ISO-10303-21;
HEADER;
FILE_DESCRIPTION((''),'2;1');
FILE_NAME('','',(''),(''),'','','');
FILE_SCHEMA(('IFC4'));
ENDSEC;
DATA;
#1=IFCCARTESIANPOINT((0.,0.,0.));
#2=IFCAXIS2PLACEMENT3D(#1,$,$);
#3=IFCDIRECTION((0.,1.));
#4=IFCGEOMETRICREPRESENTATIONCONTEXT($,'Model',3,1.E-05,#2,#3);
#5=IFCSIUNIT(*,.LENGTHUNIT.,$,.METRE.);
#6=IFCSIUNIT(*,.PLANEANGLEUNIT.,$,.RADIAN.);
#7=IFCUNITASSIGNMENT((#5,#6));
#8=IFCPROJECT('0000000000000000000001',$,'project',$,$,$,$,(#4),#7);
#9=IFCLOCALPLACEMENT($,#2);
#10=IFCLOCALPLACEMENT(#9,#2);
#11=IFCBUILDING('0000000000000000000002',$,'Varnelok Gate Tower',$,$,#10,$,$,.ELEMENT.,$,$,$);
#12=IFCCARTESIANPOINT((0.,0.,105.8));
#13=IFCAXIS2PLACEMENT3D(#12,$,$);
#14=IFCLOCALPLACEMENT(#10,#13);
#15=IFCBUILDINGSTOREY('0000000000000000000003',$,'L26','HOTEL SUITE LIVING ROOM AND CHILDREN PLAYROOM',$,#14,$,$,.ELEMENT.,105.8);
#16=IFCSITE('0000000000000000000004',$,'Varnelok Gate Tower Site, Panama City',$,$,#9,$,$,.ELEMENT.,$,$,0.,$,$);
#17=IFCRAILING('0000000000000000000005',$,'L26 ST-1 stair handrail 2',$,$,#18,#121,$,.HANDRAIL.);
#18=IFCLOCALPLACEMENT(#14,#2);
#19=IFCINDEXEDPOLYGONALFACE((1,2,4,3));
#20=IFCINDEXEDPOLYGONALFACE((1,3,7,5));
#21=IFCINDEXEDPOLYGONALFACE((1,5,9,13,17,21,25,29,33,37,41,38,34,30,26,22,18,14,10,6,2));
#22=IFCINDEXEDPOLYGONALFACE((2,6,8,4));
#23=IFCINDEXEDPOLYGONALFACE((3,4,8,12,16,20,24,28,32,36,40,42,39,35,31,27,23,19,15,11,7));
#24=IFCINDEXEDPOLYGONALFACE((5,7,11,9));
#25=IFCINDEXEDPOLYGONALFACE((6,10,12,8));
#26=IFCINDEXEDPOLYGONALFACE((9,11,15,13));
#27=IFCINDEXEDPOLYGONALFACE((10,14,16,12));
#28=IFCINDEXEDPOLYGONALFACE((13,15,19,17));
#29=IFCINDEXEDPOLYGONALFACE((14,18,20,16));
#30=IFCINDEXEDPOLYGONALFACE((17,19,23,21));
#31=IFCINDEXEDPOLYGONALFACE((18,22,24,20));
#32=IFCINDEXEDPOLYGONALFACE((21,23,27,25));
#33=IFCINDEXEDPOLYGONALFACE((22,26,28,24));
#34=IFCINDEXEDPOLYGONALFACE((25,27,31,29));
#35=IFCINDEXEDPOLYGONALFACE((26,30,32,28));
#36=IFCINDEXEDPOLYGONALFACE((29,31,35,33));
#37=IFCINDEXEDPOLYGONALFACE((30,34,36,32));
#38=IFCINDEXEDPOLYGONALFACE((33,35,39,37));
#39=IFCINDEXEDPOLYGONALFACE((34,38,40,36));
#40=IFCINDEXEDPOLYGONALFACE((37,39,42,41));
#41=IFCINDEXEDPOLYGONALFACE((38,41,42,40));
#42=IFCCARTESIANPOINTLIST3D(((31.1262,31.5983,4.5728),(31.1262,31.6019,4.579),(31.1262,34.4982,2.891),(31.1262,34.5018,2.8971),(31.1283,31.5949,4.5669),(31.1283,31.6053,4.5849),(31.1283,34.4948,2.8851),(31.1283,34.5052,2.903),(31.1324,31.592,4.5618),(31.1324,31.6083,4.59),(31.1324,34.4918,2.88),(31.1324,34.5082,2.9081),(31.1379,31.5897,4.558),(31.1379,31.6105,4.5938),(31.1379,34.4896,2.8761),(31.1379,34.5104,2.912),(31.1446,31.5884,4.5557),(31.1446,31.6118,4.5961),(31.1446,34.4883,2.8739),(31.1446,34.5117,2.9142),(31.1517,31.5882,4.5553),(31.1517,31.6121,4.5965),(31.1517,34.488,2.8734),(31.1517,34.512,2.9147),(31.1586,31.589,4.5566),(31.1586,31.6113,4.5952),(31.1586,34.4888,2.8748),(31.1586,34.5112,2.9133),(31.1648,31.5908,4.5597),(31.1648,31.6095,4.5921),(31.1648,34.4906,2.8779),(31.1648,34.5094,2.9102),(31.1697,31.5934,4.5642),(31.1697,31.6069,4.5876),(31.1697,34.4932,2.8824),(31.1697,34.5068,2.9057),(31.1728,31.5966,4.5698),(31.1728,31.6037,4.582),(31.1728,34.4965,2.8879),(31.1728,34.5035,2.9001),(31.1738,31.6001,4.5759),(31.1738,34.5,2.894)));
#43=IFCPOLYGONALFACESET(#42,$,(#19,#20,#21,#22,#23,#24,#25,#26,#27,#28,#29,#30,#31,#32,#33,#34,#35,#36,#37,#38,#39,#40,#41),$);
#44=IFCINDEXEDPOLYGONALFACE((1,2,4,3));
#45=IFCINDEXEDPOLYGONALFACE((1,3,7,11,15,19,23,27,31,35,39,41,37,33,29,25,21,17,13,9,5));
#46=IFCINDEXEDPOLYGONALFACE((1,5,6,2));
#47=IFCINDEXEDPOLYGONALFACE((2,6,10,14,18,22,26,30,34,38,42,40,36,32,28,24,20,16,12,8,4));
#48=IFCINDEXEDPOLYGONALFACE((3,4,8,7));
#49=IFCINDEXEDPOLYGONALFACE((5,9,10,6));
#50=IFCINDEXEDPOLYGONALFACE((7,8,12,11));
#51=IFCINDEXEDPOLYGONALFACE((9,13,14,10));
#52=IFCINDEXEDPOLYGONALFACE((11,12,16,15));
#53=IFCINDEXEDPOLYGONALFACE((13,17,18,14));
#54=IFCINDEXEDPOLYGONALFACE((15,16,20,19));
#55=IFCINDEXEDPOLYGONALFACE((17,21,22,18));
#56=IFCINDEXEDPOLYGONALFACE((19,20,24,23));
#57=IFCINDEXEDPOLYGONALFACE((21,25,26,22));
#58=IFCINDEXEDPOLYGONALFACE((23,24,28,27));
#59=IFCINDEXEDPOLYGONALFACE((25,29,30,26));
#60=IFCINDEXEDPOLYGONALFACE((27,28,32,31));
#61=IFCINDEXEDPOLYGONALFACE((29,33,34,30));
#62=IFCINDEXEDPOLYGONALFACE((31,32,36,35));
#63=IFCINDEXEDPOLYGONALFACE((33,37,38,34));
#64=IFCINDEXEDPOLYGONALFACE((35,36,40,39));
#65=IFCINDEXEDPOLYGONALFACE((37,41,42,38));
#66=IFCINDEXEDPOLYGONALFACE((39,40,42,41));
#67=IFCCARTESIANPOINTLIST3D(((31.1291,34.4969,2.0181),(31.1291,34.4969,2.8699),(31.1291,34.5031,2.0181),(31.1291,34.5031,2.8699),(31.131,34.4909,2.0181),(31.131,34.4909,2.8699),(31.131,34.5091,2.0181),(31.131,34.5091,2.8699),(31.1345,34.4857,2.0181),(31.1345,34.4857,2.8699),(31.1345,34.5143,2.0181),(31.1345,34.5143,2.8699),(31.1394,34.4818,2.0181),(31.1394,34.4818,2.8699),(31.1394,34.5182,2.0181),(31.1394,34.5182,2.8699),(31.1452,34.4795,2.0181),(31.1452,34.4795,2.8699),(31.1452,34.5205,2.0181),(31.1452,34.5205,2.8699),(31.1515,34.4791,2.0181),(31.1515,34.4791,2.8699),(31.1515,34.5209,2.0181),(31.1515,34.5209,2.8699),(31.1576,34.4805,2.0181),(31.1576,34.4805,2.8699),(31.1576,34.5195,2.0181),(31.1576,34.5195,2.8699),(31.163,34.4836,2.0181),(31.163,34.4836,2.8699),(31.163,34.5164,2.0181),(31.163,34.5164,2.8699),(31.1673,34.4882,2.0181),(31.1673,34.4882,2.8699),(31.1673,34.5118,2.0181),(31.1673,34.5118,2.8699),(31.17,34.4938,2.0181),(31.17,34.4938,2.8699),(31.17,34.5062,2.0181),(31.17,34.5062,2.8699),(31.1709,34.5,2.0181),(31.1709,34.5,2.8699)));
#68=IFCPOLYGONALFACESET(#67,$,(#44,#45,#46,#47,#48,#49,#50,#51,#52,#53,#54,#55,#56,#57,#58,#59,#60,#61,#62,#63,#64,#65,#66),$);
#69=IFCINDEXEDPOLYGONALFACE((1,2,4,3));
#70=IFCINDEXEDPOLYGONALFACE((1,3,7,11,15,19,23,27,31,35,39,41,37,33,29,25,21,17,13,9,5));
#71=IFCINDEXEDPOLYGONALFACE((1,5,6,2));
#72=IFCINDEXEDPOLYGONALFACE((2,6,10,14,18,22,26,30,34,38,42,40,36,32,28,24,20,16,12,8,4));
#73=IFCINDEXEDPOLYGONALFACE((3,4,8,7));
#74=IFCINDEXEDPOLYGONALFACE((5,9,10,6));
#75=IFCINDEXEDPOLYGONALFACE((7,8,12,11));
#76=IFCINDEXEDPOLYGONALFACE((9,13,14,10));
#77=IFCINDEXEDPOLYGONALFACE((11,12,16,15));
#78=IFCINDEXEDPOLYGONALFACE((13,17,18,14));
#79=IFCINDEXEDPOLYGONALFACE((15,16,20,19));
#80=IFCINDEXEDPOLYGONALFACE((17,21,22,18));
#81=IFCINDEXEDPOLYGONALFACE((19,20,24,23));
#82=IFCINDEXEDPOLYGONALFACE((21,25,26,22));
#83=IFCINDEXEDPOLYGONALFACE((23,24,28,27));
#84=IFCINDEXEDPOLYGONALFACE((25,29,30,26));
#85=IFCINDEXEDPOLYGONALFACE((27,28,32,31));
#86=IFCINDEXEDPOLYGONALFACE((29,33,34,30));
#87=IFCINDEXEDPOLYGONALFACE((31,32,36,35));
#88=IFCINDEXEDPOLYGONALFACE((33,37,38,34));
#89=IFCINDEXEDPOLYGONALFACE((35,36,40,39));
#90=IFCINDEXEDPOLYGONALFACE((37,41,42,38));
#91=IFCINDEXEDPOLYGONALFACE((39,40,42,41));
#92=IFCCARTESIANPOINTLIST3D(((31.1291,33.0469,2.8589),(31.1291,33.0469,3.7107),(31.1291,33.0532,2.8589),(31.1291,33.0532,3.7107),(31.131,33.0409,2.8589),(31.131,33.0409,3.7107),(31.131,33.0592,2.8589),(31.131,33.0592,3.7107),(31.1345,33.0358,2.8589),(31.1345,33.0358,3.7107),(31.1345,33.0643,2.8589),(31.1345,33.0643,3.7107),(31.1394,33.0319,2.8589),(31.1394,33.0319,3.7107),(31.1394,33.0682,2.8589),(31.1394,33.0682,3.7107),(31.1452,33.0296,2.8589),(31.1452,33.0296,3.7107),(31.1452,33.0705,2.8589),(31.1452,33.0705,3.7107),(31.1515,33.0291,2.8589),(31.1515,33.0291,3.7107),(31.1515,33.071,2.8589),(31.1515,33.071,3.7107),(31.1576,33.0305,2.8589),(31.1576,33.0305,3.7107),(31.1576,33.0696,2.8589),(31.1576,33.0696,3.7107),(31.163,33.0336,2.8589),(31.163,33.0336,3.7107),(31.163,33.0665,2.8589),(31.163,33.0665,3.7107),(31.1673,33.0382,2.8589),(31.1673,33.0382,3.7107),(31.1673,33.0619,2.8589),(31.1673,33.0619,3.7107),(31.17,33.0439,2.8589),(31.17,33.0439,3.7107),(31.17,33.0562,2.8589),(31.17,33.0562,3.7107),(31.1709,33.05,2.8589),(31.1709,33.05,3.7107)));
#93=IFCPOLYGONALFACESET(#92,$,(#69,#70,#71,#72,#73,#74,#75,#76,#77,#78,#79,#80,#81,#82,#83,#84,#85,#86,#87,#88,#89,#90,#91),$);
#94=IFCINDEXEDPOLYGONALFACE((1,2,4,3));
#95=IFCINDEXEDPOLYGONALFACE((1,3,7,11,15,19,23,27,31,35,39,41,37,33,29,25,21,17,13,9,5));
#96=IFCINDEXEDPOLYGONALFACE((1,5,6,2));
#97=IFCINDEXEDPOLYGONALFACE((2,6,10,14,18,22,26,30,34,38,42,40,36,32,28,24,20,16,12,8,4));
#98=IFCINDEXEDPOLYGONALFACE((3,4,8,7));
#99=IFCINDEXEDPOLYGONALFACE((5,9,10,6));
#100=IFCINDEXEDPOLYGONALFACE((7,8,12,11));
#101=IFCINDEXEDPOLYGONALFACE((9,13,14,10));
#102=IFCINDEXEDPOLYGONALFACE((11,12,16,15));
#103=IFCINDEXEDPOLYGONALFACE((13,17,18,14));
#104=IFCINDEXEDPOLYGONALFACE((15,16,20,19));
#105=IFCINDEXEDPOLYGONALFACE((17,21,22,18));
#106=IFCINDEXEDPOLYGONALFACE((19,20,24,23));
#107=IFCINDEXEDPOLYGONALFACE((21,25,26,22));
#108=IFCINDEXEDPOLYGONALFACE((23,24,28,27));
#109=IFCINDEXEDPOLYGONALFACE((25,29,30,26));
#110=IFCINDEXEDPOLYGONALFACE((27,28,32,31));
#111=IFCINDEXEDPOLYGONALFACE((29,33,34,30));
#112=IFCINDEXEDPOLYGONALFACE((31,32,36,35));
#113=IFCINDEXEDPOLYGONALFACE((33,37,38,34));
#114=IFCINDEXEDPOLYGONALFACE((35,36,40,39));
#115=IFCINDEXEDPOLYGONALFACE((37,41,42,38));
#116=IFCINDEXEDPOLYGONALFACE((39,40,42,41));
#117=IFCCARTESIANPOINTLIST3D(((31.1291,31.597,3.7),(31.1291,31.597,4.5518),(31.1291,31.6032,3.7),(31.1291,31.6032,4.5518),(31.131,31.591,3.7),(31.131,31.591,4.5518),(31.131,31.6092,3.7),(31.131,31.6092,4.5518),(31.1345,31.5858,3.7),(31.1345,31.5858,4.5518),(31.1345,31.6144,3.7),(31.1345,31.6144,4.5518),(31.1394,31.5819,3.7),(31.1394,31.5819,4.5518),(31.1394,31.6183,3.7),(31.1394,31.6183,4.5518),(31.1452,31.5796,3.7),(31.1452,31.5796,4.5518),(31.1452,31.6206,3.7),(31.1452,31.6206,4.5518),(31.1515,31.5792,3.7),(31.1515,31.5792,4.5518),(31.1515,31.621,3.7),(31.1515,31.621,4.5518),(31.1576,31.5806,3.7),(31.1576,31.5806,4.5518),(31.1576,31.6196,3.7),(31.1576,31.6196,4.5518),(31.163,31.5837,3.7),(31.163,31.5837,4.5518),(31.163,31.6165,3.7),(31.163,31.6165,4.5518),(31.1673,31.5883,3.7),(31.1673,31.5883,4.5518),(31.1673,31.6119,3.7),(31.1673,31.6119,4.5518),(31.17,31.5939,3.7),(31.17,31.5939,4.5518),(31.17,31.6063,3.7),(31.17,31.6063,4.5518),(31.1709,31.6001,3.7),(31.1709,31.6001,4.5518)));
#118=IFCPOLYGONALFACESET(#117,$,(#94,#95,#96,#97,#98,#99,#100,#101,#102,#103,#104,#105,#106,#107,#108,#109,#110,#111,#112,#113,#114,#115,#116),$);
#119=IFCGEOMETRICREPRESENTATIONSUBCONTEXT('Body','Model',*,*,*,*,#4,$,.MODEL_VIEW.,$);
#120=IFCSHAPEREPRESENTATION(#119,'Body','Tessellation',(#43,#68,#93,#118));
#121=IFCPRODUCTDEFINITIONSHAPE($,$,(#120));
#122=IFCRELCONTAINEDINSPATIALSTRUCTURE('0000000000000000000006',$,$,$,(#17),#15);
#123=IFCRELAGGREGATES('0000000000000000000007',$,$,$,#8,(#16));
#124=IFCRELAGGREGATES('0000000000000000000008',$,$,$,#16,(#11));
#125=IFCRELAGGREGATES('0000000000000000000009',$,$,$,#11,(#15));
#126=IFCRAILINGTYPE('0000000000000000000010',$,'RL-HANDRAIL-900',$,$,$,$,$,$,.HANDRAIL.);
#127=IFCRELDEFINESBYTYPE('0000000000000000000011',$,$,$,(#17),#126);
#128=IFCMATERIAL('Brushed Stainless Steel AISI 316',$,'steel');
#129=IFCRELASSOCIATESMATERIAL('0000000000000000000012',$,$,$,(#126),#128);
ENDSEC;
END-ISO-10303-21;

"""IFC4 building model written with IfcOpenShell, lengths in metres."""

from ifc_helpers import new_model, si_unit, direction, frame, origin, origin_2d, place, context, subcontext, project, spatial, circle, extrude, material, type_object, element, save


model = new_model("IFC4")

# Units and contexts
model_context = context("Model", 3, precision=1e-05, world=origin(), true_north=direction((0.0, 1.0)))
body_context = subcontext(model_context, "Body", "Model", "MODEL_VIEW")
ifc_project = project(units=[si_unit("LENGTHUNIT", "METRE"), si_unit("PLANEANGLEUNIT", "RADIAN")], contexts=[model_context])

# Site, building, storey
site_placement = place(None, origin())
site = spatial("IfcSite", under=ifc_project, at=site_placement, Name="Varnelok Gate Tower Site, Panama City", CompositionType="ELEMENT", RefElevation=0.0)
building_placement = place(site_placement, origin())
building = spatial("IfcBuilding", under=site, at=building_placement, Name="Varnelok Gate Tower", CompositionType="ELEMENT")
storey_placement = place(building_placement, frame((0.0, 0.0, 105.8)))
storey = spatial("IfcBuildingStorey", under=building, at=storey_placement, Name="L26", Description="HOTEL SUITE LIVING ROOM AND CHILDREN PLAYROOM", CompositionType="ELEMENT", Elevation=105.8)

# Railing
ifc_material_1 = material(Name="Brushed Stainless Steel AISI 316", Category="steel")
railing_type_1 = type_object("IfcRailingType", Name="RL-HANDRAIL-900", PredefinedType="HANDRAIL", material=ifc_material_1)
railing_1_placement = place(storey_placement, frame((31.1499, 34.5, 2.0181)))
element("IfcRailing", 1, at=railing_1_placement, inside=storey, type_object=railing_type_1, Name="L26 ST-1 stair handrail 2", PredefinedType="HANDRAIL", context=body_context, shape_type="SweptSolid", body=[
    extrude(circle(Radius=0.0239, at=origin_2d()), frame((0.0, 0.0, 0.876), z_axis=(0.0, -0.865039, 0.501705), x_axis=(1.0, 0.0, 0.0)), (0.0, 0.0, 1.0), 3.3523),
    extrude(circle(Radius=0.021, at=origin_2d()), origin(), (0.0, 0.0, 1.0), 0.8518),
    extrude(circle(Radius=0.021, at=origin_2d()), frame((0.0, -1.45, 0.8408)), (0.0, 0.0, 1.0), 0.8518),
    extrude(circle(Radius=0.021, at=origin_2d()), frame((0.0, -2.8999, 1.6819)), (0.0, 0.0, 1.0), 0.8518),
])

save(model, "model.ifc")
